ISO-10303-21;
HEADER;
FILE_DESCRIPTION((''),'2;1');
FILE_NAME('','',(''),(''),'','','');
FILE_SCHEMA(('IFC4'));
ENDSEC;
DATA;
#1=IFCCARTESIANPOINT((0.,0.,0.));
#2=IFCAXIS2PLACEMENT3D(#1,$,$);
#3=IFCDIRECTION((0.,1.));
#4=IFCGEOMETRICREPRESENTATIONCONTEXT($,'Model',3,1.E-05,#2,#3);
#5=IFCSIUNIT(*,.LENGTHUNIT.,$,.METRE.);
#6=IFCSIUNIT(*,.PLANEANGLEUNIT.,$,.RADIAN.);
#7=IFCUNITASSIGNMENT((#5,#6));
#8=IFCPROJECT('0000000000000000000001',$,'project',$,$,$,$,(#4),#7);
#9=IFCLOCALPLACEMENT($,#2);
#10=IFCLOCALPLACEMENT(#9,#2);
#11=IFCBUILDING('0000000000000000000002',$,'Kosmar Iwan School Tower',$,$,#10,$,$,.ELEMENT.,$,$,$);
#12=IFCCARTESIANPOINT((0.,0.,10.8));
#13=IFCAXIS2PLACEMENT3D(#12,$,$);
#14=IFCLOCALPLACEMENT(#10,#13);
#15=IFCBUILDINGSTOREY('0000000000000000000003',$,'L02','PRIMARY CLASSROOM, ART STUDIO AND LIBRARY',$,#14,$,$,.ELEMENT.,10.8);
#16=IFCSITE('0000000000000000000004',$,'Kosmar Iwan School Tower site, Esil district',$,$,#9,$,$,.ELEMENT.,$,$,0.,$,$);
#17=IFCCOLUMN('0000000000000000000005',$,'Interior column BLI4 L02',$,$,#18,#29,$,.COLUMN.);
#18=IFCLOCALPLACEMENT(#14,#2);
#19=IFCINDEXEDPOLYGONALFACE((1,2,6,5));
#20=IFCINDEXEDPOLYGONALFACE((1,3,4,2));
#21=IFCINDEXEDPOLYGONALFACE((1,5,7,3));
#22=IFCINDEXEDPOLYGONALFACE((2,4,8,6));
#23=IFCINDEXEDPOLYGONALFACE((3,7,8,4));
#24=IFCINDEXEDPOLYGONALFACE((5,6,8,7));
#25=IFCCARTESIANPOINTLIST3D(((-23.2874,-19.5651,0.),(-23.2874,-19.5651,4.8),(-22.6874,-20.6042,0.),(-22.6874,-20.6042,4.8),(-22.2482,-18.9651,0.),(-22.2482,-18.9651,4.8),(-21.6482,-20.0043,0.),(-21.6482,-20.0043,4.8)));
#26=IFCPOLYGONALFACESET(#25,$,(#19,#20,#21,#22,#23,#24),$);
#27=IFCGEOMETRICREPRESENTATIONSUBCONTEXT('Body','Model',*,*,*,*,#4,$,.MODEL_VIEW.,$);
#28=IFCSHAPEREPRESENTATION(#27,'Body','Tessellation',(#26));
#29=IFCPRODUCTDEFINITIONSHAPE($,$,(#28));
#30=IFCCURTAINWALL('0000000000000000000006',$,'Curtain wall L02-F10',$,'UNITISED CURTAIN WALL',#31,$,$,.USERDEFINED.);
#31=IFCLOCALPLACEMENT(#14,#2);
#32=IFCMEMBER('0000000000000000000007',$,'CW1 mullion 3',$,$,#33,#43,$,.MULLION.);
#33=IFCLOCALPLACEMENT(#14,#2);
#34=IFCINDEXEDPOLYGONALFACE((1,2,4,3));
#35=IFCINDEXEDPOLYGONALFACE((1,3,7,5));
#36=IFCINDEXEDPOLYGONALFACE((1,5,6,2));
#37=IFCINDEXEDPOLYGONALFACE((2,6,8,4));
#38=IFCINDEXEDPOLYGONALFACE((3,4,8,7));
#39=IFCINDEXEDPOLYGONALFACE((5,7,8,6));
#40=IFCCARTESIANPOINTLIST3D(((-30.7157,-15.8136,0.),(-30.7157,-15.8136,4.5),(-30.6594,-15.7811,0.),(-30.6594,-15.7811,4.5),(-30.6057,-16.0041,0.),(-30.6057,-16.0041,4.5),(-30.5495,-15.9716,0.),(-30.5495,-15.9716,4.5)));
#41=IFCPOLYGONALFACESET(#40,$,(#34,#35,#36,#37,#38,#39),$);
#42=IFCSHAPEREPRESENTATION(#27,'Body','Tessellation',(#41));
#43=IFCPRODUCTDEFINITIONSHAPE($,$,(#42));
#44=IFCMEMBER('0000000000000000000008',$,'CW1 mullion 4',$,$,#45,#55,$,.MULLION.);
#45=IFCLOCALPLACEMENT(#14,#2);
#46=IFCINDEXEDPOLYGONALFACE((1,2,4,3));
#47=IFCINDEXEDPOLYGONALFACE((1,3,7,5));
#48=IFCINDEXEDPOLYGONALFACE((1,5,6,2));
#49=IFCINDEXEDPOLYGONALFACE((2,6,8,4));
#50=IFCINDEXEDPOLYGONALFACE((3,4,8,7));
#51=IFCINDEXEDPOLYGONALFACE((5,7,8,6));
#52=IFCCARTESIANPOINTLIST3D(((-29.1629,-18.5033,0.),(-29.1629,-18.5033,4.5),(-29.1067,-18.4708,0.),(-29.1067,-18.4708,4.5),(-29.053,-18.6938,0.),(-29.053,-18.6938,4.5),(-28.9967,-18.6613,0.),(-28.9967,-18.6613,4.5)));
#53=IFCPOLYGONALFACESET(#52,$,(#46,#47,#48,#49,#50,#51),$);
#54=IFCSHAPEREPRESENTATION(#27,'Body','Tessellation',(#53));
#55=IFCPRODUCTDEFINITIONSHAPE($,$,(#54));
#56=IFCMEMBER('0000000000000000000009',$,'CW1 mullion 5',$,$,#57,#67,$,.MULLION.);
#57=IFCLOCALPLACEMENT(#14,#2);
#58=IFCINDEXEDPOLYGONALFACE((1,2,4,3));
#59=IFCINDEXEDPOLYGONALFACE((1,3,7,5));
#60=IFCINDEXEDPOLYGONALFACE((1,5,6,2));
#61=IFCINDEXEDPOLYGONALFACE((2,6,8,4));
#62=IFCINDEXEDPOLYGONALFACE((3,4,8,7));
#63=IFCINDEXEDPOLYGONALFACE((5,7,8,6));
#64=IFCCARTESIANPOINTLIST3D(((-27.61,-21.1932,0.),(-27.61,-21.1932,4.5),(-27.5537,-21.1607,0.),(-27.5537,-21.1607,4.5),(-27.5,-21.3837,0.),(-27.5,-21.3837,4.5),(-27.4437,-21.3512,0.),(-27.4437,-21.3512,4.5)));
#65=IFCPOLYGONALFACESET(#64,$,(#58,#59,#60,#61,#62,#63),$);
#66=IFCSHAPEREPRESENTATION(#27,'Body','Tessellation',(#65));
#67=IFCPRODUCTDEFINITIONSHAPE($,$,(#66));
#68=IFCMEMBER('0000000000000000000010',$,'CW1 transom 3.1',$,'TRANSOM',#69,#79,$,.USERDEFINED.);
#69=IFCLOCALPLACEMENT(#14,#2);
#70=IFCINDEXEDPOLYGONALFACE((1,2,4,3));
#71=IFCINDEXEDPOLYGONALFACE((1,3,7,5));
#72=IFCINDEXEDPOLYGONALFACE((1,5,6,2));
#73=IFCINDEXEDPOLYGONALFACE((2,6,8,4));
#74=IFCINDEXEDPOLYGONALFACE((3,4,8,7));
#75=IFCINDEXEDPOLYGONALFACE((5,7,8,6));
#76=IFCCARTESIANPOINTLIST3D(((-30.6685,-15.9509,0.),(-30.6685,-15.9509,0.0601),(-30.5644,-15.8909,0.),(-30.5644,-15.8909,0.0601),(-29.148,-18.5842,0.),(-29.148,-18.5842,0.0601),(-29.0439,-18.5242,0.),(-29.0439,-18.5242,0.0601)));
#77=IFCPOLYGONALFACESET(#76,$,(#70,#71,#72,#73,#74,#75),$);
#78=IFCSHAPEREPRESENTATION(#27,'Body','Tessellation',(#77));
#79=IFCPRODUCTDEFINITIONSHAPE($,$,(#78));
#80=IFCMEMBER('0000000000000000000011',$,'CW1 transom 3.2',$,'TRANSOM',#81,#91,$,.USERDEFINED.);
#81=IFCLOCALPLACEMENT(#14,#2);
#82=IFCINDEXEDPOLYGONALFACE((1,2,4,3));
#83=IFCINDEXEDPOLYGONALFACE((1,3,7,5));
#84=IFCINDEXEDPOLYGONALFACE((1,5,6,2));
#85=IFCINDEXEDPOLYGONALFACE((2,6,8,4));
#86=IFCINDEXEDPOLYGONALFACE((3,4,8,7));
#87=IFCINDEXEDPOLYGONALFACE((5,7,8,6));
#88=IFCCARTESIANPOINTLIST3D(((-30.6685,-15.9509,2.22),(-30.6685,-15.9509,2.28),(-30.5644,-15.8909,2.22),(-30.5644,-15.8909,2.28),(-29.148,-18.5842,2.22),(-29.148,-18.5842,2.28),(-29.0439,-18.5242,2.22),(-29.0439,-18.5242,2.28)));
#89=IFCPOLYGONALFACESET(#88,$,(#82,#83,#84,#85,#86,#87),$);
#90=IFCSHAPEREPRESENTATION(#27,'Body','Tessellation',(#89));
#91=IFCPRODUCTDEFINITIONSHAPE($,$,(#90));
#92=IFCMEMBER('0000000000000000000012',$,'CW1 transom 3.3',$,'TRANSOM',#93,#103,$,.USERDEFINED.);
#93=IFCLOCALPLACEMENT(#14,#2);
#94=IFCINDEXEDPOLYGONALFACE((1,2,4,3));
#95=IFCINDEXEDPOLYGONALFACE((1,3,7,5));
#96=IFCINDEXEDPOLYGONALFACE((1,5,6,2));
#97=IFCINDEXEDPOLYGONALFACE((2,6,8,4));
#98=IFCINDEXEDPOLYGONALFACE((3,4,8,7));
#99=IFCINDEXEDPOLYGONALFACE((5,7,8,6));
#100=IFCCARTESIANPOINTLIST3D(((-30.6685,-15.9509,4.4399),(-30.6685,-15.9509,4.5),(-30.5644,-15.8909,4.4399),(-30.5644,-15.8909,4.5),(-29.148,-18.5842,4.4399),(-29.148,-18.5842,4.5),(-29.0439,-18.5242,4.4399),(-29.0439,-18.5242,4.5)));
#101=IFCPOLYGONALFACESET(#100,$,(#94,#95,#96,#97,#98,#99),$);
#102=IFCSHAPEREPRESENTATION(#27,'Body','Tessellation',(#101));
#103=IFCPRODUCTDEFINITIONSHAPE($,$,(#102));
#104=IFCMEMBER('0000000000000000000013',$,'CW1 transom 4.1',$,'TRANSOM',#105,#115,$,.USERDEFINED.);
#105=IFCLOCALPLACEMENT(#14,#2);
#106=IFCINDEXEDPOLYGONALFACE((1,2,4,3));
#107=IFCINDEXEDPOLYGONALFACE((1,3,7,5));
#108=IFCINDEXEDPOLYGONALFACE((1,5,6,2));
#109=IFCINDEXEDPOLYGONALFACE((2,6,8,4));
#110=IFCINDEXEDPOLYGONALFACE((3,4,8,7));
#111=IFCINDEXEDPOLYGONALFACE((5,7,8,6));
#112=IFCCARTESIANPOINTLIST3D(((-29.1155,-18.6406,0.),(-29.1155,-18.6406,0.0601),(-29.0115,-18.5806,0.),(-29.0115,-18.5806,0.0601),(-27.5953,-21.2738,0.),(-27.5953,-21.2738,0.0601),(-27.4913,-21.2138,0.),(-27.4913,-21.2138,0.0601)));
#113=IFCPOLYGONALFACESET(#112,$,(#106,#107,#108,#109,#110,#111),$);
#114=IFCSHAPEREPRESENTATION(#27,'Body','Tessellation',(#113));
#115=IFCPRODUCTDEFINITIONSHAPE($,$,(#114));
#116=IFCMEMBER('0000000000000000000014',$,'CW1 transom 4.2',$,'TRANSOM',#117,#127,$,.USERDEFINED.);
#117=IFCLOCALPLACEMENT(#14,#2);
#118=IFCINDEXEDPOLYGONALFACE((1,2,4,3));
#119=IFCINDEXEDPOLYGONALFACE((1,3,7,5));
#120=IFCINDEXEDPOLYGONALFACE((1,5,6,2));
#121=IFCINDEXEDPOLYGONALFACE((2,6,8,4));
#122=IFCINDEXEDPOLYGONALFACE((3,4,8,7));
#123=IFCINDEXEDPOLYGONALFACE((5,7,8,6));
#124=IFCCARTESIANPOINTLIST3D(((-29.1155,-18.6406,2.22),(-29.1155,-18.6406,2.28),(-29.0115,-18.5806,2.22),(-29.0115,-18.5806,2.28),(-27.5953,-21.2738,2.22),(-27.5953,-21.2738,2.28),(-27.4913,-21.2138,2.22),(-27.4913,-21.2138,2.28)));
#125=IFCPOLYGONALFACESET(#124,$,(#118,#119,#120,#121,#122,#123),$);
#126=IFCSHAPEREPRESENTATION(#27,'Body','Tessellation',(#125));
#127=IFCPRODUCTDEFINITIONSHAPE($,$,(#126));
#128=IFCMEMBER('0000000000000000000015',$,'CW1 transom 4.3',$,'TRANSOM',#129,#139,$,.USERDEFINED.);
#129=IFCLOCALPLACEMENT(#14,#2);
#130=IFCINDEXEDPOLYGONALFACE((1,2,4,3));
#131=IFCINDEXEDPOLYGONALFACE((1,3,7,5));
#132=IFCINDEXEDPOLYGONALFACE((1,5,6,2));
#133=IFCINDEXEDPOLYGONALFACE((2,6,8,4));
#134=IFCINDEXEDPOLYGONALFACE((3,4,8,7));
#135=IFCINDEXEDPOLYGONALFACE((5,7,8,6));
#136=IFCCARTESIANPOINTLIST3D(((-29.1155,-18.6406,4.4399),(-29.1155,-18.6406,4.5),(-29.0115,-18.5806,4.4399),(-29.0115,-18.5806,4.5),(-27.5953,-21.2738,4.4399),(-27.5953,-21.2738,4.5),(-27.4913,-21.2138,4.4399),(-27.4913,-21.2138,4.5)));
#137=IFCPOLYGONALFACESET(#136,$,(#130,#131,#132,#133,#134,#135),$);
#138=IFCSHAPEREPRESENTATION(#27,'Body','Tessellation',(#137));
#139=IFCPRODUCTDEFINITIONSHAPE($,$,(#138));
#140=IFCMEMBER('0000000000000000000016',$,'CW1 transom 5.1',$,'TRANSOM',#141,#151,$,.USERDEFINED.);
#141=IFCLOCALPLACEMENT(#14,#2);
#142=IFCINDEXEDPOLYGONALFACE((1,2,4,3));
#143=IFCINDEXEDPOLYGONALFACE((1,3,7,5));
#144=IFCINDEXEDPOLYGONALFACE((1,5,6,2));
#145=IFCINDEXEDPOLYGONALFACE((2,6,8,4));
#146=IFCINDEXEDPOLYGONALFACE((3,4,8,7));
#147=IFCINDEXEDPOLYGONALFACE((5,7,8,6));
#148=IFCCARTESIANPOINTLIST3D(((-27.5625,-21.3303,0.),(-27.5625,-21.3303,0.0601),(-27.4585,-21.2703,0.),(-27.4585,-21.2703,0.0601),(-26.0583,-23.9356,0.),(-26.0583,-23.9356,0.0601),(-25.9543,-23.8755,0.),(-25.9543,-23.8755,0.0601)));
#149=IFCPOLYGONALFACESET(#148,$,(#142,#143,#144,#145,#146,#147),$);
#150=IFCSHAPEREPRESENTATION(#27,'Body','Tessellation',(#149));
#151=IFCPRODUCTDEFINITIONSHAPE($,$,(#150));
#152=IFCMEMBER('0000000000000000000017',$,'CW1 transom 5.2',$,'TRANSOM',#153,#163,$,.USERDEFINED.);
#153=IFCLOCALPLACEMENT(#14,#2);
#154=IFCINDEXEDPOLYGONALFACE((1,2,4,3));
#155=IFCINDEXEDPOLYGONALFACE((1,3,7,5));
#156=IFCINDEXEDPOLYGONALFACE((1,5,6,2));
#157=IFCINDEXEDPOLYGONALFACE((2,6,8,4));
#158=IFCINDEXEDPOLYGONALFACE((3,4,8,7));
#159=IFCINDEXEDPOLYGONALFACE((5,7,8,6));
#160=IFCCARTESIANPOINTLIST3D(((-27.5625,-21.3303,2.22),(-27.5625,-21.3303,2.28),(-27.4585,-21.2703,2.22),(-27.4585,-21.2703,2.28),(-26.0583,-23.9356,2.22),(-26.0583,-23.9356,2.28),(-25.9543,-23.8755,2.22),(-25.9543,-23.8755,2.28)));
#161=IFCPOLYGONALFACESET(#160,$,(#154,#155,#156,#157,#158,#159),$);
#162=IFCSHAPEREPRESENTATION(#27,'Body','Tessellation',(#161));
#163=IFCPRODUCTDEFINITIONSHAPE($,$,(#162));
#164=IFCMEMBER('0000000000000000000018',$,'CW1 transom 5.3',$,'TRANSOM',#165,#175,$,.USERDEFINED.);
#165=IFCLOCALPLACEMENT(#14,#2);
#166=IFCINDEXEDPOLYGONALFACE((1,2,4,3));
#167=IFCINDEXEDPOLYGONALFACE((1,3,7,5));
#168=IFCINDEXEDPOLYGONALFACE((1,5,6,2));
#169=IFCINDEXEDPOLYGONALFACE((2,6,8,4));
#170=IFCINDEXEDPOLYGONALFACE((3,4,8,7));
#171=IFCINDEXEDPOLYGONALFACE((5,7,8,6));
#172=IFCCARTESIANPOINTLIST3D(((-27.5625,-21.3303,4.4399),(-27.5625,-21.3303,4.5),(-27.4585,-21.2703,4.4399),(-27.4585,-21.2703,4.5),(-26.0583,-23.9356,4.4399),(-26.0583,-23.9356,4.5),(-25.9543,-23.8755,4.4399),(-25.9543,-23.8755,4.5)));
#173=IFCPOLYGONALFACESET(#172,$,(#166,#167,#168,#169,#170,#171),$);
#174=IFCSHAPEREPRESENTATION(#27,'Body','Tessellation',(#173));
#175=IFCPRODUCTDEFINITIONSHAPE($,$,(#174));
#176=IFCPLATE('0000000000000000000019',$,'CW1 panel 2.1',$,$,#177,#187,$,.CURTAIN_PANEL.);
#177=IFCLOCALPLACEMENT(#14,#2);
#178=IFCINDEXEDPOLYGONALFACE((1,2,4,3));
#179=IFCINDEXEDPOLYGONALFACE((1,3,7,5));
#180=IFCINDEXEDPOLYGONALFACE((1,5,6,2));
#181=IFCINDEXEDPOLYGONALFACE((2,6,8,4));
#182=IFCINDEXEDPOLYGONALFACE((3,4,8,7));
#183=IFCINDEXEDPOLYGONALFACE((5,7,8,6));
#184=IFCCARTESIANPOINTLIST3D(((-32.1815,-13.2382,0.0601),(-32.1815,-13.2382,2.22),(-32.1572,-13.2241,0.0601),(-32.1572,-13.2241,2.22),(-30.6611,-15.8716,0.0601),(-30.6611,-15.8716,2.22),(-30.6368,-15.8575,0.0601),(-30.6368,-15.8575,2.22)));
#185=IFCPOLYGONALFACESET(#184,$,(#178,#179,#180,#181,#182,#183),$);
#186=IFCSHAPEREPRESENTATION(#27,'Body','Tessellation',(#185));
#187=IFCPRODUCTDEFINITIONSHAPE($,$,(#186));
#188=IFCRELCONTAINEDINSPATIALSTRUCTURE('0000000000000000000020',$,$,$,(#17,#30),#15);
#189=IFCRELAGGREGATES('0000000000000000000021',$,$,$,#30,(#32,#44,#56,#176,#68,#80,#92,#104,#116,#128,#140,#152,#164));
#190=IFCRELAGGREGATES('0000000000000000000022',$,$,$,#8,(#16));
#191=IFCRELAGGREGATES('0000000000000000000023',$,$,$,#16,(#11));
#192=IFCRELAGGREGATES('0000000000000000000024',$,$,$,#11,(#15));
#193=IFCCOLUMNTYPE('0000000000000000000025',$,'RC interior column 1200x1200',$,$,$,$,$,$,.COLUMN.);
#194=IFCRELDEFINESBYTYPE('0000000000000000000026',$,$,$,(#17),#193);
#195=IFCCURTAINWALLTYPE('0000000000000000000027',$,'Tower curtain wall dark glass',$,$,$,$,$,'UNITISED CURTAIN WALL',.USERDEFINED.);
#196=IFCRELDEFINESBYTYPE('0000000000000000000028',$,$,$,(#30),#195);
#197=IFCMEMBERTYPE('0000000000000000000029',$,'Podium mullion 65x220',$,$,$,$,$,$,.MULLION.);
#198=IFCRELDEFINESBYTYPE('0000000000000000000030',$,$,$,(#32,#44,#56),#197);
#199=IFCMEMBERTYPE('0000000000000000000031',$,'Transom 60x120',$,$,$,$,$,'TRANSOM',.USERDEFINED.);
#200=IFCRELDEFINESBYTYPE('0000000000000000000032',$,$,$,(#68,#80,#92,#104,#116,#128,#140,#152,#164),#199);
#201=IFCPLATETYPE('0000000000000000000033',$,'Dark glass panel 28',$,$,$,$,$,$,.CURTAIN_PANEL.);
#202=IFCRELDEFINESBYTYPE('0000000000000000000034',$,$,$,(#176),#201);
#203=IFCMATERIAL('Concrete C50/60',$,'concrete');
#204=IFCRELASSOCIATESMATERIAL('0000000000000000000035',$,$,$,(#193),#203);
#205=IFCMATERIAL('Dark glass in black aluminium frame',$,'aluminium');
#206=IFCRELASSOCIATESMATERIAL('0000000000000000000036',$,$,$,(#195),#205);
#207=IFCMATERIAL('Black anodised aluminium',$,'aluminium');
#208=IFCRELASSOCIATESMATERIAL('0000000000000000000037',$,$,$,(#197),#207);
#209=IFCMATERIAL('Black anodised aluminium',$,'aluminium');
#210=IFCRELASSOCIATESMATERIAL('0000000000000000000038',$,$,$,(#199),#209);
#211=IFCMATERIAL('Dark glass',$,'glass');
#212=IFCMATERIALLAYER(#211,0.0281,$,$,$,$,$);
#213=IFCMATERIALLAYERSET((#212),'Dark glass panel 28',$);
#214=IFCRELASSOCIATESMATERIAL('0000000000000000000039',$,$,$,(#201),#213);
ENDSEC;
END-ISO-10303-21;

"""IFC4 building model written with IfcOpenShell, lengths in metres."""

from ifc_helpers import new_model, si_unit, direction, frame, origin, origin_2d, place, context, subcontext, project, spatial, rectangle, extrude, material, layer, layer_set, material_profile, profile_set, type_object, element, aggregate, save


model = new_model("IFC4")

# Units and contexts
model_context = context("Model", 3, precision=1e-05, world=origin(), true_north=direction((0.0, 1.0)))
body_context = subcontext(model_context, "Body", "Model", "MODEL_VIEW")
ifc_project = project(units=[si_unit("LENGTHUNIT", "METRE"), si_unit("PLANEANGLEUNIT", "RADIAN")], contexts=[model_context])

# Site, building, storey
site_placement = place(None, origin())
site = spatial("IfcSite", under=ifc_project, at=site_placement, Name="Kosmar Iwan School Tower site, Esil district", CompositionType="ELEMENT", RefElevation=0.0)
building_placement = place(site_placement, origin())
building = spatial("IfcBuilding", under=site, at=building_placement, Name="Kosmar Iwan School Tower", CompositionType="ELEMENT")
storey_placement = place(building_placement, frame((0.0, 0.0, 10.8)))
storey = spatial("IfcBuildingStorey", under=building, at=storey_placement, Name="L02", Description="PRIMARY CLASSROOM, ART STUDIO AND LIBRARY", CompositionType="ELEMENT", Elevation=10.8)

# Column
ifc_material_1 = material(Name="Concrete C50/60", Category="concrete")
ifc_material_profile_1 = material_profile(ifc_material_1, rectangle(XDim=1.2, YDim=1.2, at=origin_2d()), Name="RC 1200x1200")
ifc_profile_set_1 = profile_set([ifc_material_profile_1], Name="Concrete C50/60")
column_type = type_object("IfcColumnType", Name="RC interior column 1200x1200", PredefinedType="COLUMN", material=ifc_profile_set_1)
column_placement = place(storey_placement, frame((-22.4678, -19.7847, 0.0), z_axis=(0.0, 0.0, 1.0), x_axis=(-0.866025, -0.5, 0.0)))
element("IfcColumn", 1, at=column_placement, inside=storey, type_object=column_type, Name="Interior column BLI4 L02", PredefinedType="COLUMN", context=body_context, shape_type="SweptSolid", body=[
    extrude(rectangle(XDim=1.2, YDim=1.2, at=origin_2d()), origin(), (0.0, 0.0, 1.0), 4.8),
])

# Curtain wall, members, plate
ifc_material_2 = material(Name="Dark glass in black aluminium frame", Category="aluminium")
curtain_wall_type = type_object("IfcCurtainWallType", Name="Tower curtain wall dark glass", ElementType="UNITISED CURTAIN WALL", PredefinedType="USERDEFINED", material=ifc_material_2)
curtain_wall_placement = place(storey_placement, origin())
curtain_wall = element("IfcCurtainWall", 2, at=curtain_wall_placement, inside=storey, type_object=curtain_wall_type, Name="Curtain wall L02-F10", ObjectType="UNITISED CURTAIN WALL", PredefinedType="USERDEFINED")
ifc_material_3 = material(Name="Black anodised aluminium", Category="aluminium")
ifc_material_profile_2 = material_profile(ifc_material_3, rectangle(XDim=0.0649, YDim=0.22, at=origin_2d()), Name="MULLION 65x220")
ifc_profile_set_2 = profile_set([ifc_material_profile_2], Name="Black anodised aluminium")
member_type_1 = type_object("IfcMemberType", Name="Podium mullion 65x220", PredefinedType="MULLION", material=ifc_profile_set_2)
member_1_placement = place(storey_placement, frame((-30.6326, -15.8926, 0.0), z_axis=(0.0, 0.0, 1.0), x_axis=(0.866025, 0.5, 0.0)))
member_1 = element("IfcMember", 3, at=member_1_placement, type_object=member_type_1, Name="CW1 mullion 3", PredefinedType="MULLION", context=body_context, shape_type="SweptSolid", body=[
    extrude(rectangle(XDim=0.0649, YDim=0.22, at=origin_2d()), origin(), (0.0, 0.0, 1.0), 4.5),
])
member_2_placement = place(storey_placement, frame((-29.0798, -18.5823, 0.0), z_axis=(0.0, 0.0, 1.0), x_axis=(0.866025, 0.5, 0.0)))
member_2 = element("IfcMember", 4, at=member_2_placement, type_object=member_type_1, Name="CW1 mullion 4", PredefinedType="MULLION", context=body_context, shape_type="SweptSolid", body=[
    extrude(rectangle(XDim=0.0649, YDim=0.22, at=origin_2d()), origin(), (0.0, 0.0, 1.0), 4.5),
])
member_3_placement = place(storey_placement, frame((-27.5269, -21.2722, 0.0), z_axis=(0.0, 0.0, 1.0), x_axis=(0.866025, 0.5, 0.0)))
member_3 = element("IfcMember", 5, at=member_3_placement, type_object=member_type_1, Name="CW1 mullion 5", PredefinedType="MULLION", context=body_context, shape_type="SweptSolid", body=[
    extrude(rectangle(XDim=0.0649, YDim=0.22, at=origin_2d()), origin(), (0.0, 0.0, 1.0), 4.5),
])
ifc_material_4 = material(Name="Black anodised aluminium", Category="aluminium")
ifc_material_profile_3 = material_profile(ifc_material_4, rectangle(XDim=0.1201, YDim=0.0601, at=origin_2d()), Name="TRANSOM 60x120")
ifc_profile_set_3 = profile_set([ifc_material_profile_3], Name="Black anodised aluminium")
member_type_2 = type_object("IfcMemberType", Name="Transom 60x120", ElementType="TRANSOM", PredefinedType="USERDEFINED", material=ifc_profile_set_3)
member_4_placement = place(storey_placement, frame((-30.6165, -15.9209, 0.03), z_axis=(0.500042, -0.866001, 0.0), x_axis=(0.866001, 0.500042, 0.0)))
member_4 = element("IfcMember", 6, at=member_4_placement, type_object=member_type_2, Name="CW1 transom 3.1", ObjectType="TRANSOM", PredefinedType="USERDEFINED", context=body_context, shape_type="SweptSolid", body=[
    extrude(rectangle(XDim=0.1201, YDim=0.0601, at=origin_2d()), origin(), (0.0, 0.0, 1.0), 3.0408),
])
member_5_placement = place(storey_placement, frame((-30.6165, -15.9209, 2.25), z_axis=(0.500042, -0.866001, 0.0), x_axis=(0.866001, 0.500042, 0.0)))
member_5 = element("IfcMember", 7, at=member_5_placement, type_object=member_type_2, Name="CW1 transom 3.2", ObjectType="TRANSOM", PredefinedType="USERDEFINED", context=body_context, shape_type="SweptSolid", body=[
    extrude(rectangle(XDim=0.1201, YDim=0.0601, at=origin_2d()), origin(), (0.0, 0.0, 1.0), 3.0408),
])
member_6_placement = place(storey_placement, frame((-30.6165, -15.9209, 4.47), z_axis=(0.500042, -0.866001, 0.0), x_axis=(0.866001, 0.500042, 0.0)))
member_6 = element("IfcMember", 8, at=member_6_placement, type_object=member_type_2, Name="CW1 transom 3.3", ObjectType="TRANSOM", PredefinedType="USERDEFINED", context=body_context, shape_type="SweptSolid", body=[
    extrude(rectangle(XDim=0.1201, YDim=0.0601, at=origin_2d()), origin(), (0.0, 0.0, 1.0), 3.0408),
])
member_7_placement = place(storey_placement, frame((-29.0635, -18.6106, 0.03), z_axis=(0.499982, -0.866036, 0.0), x_axis=(0.866036, 0.499982, 0.0)))
member_7 = element("IfcMember", 9, at=member_7_placement, type_object=member_type_2, Name="CW1 transom 4.1", ObjectType="TRANSOM", PredefinedType="USERDEFINED", context=body_context, shape_type="SweptSolid", body=[
    extrude(rectangle(XDim=0.1201, YDim=0.0601, at=origin_2d()), origin(), (0.0, 0.0, 1.0), 3.0405),
])
member_8_placement = place(storey_placement, frame((-29.0635, -18.6106, 2.25), z_axis=(0.499982, -0.866036, 0.0), x_axis=(0.866036, 0.499982, 0.0)))
member_8 = element("IfcMember", 10, at=member_8_placement, type_object=member_type_2, Name="CW1 transom 4.2", ObjectType="TRANSOM", PredefinedType="USERDEFINED", context=body_context, shape_type="SweptSolid", body=[
    extrude(rectangle(XDim=0.1201, YDim=0.0601, at=origin_2d()), origin(), (0.0, 0.0, 1.0), 3.0405),
])
member_9_placement = place(storey_placement, frame((-29.0635, -18.6106, 4.47), z_axis=(0.499982, -0.866036, 0.0), x_axis=(0.866036, 0.499982, 0.0)))
member_9 = element("IfcMember", 11, at=member_9_placement, type_object=member_type_2, Name="CW1 transom 4.3", ObjectType="TRANSOM", PredefinedType="USERDEFINED", context=body_context, shape_type="SweptSolid", body=[
    extrude(rectangle(XDim=0.1201, YDim=0.0601, at=origin_2d()), origin(), (0.0, 0.0, 1.0), 3.0405),
])
member_10_placement = place(storey_placement, frame((-27.5105, -21.3003, 0.03), z_axis=(0.500006, -0.866022, 0.0), x_axis=(0.866022, 0.500006, 0.0)))
member_10 = element("IfcMember", 12, at=member_10_placement, type_object=member_type_2, Name="CW1 transom 5.1", ObjectType="TRANSOM", PredefinedType="USERDEFINED", context=body_context, shape_type="SweptSolid", body=[
    extrude(rectangle(XDim=0.1201, YDim=0.0601, at=origin_2d()), origin(), (0.0, 0.0, 1.0), 3.0083),
])
member_11_placement = place(storey_placement, frame((-27.5105, -21.3003, 2.25), z_axis=(0.500006, -0.866022, 0.0), x_axis=(0.866022, 0.500006, 0.0)))
member_11 = element("IfcMember", 13, at=member_11_placement, type_object=member_type_2, Name="CW1 transom 5.2", ObjectType="TRANSOM", PredefinedType="USERDEFINED", context=body_context, shape_type="SweptSolid", body=[
    extrude(rectangle(XDim=0.1201, YDim=0.0601, at=origin_2d()), origin(), (0.0, 0.0, 1.0), 3.0083),
])
member_12_placement = place(storey_placement, frame((-27.5105, -21.3003, 4.47), z_axis=(0.500006, -0.866022, 0.0), x_axis=(0.866022, 0.500006, 0.0)))
member_12 = element("IfcMember", 14, at=member_12_placement, type_object=member_type_2, Name="CW1 transom 5.3", ObjectType="TRANSOM", PredefinedType="USERDEFINED", context=body_context, shape_type="SweptSolid", body=[
    extrude(rectangle(XDim=0.1201, YDim=0.0601, at=origin_2d()), origin(), (0.0, 0.0, 1.0), 3.0083),
])
ifc_material_5 = material(Name="Dark glass", Category="glass")
ifc_layer_1 = layer(ifc_material_5, 0.0281)
ifc_layer_set_1 = layer_set([ifc_layer_1], Name="Dark glass panel 28")
plate_type = type_object("IfcPlateType", Name="Dark glass panel 28", PredefinedType="CURTAIN_PANEL", material=ifc_layer_set_1)
plate_1_placement = place(storey_placement, frame((-31.4092, -14.5479, 0.0601), z_axis=(0.0, 0.0, 1.0), x_axis=(0.5, -0.866025, 0.0)))
plate_1 = element("IfcPlate", 15, at=plate_1_placement, type_object=plate_type, Name="CW1 panel 2.1", PredefinedType="CURTAIN_PANEL", context=body_context, shape_type="SweptSolid", body=[
    extrude(rectangle(XDim=3.0408, YDim=0.0281, at=origin_2d()), origin(), (0.0, 0.0, 1.0), 2.1599),
])
aggregate(curtain_wall, [member_1, member_2, member_3, plate_1, member_4, member_5, member_6, member_7, member_8, member_9, member_10, member_11, member_12])

save(model, "model.ifc")
